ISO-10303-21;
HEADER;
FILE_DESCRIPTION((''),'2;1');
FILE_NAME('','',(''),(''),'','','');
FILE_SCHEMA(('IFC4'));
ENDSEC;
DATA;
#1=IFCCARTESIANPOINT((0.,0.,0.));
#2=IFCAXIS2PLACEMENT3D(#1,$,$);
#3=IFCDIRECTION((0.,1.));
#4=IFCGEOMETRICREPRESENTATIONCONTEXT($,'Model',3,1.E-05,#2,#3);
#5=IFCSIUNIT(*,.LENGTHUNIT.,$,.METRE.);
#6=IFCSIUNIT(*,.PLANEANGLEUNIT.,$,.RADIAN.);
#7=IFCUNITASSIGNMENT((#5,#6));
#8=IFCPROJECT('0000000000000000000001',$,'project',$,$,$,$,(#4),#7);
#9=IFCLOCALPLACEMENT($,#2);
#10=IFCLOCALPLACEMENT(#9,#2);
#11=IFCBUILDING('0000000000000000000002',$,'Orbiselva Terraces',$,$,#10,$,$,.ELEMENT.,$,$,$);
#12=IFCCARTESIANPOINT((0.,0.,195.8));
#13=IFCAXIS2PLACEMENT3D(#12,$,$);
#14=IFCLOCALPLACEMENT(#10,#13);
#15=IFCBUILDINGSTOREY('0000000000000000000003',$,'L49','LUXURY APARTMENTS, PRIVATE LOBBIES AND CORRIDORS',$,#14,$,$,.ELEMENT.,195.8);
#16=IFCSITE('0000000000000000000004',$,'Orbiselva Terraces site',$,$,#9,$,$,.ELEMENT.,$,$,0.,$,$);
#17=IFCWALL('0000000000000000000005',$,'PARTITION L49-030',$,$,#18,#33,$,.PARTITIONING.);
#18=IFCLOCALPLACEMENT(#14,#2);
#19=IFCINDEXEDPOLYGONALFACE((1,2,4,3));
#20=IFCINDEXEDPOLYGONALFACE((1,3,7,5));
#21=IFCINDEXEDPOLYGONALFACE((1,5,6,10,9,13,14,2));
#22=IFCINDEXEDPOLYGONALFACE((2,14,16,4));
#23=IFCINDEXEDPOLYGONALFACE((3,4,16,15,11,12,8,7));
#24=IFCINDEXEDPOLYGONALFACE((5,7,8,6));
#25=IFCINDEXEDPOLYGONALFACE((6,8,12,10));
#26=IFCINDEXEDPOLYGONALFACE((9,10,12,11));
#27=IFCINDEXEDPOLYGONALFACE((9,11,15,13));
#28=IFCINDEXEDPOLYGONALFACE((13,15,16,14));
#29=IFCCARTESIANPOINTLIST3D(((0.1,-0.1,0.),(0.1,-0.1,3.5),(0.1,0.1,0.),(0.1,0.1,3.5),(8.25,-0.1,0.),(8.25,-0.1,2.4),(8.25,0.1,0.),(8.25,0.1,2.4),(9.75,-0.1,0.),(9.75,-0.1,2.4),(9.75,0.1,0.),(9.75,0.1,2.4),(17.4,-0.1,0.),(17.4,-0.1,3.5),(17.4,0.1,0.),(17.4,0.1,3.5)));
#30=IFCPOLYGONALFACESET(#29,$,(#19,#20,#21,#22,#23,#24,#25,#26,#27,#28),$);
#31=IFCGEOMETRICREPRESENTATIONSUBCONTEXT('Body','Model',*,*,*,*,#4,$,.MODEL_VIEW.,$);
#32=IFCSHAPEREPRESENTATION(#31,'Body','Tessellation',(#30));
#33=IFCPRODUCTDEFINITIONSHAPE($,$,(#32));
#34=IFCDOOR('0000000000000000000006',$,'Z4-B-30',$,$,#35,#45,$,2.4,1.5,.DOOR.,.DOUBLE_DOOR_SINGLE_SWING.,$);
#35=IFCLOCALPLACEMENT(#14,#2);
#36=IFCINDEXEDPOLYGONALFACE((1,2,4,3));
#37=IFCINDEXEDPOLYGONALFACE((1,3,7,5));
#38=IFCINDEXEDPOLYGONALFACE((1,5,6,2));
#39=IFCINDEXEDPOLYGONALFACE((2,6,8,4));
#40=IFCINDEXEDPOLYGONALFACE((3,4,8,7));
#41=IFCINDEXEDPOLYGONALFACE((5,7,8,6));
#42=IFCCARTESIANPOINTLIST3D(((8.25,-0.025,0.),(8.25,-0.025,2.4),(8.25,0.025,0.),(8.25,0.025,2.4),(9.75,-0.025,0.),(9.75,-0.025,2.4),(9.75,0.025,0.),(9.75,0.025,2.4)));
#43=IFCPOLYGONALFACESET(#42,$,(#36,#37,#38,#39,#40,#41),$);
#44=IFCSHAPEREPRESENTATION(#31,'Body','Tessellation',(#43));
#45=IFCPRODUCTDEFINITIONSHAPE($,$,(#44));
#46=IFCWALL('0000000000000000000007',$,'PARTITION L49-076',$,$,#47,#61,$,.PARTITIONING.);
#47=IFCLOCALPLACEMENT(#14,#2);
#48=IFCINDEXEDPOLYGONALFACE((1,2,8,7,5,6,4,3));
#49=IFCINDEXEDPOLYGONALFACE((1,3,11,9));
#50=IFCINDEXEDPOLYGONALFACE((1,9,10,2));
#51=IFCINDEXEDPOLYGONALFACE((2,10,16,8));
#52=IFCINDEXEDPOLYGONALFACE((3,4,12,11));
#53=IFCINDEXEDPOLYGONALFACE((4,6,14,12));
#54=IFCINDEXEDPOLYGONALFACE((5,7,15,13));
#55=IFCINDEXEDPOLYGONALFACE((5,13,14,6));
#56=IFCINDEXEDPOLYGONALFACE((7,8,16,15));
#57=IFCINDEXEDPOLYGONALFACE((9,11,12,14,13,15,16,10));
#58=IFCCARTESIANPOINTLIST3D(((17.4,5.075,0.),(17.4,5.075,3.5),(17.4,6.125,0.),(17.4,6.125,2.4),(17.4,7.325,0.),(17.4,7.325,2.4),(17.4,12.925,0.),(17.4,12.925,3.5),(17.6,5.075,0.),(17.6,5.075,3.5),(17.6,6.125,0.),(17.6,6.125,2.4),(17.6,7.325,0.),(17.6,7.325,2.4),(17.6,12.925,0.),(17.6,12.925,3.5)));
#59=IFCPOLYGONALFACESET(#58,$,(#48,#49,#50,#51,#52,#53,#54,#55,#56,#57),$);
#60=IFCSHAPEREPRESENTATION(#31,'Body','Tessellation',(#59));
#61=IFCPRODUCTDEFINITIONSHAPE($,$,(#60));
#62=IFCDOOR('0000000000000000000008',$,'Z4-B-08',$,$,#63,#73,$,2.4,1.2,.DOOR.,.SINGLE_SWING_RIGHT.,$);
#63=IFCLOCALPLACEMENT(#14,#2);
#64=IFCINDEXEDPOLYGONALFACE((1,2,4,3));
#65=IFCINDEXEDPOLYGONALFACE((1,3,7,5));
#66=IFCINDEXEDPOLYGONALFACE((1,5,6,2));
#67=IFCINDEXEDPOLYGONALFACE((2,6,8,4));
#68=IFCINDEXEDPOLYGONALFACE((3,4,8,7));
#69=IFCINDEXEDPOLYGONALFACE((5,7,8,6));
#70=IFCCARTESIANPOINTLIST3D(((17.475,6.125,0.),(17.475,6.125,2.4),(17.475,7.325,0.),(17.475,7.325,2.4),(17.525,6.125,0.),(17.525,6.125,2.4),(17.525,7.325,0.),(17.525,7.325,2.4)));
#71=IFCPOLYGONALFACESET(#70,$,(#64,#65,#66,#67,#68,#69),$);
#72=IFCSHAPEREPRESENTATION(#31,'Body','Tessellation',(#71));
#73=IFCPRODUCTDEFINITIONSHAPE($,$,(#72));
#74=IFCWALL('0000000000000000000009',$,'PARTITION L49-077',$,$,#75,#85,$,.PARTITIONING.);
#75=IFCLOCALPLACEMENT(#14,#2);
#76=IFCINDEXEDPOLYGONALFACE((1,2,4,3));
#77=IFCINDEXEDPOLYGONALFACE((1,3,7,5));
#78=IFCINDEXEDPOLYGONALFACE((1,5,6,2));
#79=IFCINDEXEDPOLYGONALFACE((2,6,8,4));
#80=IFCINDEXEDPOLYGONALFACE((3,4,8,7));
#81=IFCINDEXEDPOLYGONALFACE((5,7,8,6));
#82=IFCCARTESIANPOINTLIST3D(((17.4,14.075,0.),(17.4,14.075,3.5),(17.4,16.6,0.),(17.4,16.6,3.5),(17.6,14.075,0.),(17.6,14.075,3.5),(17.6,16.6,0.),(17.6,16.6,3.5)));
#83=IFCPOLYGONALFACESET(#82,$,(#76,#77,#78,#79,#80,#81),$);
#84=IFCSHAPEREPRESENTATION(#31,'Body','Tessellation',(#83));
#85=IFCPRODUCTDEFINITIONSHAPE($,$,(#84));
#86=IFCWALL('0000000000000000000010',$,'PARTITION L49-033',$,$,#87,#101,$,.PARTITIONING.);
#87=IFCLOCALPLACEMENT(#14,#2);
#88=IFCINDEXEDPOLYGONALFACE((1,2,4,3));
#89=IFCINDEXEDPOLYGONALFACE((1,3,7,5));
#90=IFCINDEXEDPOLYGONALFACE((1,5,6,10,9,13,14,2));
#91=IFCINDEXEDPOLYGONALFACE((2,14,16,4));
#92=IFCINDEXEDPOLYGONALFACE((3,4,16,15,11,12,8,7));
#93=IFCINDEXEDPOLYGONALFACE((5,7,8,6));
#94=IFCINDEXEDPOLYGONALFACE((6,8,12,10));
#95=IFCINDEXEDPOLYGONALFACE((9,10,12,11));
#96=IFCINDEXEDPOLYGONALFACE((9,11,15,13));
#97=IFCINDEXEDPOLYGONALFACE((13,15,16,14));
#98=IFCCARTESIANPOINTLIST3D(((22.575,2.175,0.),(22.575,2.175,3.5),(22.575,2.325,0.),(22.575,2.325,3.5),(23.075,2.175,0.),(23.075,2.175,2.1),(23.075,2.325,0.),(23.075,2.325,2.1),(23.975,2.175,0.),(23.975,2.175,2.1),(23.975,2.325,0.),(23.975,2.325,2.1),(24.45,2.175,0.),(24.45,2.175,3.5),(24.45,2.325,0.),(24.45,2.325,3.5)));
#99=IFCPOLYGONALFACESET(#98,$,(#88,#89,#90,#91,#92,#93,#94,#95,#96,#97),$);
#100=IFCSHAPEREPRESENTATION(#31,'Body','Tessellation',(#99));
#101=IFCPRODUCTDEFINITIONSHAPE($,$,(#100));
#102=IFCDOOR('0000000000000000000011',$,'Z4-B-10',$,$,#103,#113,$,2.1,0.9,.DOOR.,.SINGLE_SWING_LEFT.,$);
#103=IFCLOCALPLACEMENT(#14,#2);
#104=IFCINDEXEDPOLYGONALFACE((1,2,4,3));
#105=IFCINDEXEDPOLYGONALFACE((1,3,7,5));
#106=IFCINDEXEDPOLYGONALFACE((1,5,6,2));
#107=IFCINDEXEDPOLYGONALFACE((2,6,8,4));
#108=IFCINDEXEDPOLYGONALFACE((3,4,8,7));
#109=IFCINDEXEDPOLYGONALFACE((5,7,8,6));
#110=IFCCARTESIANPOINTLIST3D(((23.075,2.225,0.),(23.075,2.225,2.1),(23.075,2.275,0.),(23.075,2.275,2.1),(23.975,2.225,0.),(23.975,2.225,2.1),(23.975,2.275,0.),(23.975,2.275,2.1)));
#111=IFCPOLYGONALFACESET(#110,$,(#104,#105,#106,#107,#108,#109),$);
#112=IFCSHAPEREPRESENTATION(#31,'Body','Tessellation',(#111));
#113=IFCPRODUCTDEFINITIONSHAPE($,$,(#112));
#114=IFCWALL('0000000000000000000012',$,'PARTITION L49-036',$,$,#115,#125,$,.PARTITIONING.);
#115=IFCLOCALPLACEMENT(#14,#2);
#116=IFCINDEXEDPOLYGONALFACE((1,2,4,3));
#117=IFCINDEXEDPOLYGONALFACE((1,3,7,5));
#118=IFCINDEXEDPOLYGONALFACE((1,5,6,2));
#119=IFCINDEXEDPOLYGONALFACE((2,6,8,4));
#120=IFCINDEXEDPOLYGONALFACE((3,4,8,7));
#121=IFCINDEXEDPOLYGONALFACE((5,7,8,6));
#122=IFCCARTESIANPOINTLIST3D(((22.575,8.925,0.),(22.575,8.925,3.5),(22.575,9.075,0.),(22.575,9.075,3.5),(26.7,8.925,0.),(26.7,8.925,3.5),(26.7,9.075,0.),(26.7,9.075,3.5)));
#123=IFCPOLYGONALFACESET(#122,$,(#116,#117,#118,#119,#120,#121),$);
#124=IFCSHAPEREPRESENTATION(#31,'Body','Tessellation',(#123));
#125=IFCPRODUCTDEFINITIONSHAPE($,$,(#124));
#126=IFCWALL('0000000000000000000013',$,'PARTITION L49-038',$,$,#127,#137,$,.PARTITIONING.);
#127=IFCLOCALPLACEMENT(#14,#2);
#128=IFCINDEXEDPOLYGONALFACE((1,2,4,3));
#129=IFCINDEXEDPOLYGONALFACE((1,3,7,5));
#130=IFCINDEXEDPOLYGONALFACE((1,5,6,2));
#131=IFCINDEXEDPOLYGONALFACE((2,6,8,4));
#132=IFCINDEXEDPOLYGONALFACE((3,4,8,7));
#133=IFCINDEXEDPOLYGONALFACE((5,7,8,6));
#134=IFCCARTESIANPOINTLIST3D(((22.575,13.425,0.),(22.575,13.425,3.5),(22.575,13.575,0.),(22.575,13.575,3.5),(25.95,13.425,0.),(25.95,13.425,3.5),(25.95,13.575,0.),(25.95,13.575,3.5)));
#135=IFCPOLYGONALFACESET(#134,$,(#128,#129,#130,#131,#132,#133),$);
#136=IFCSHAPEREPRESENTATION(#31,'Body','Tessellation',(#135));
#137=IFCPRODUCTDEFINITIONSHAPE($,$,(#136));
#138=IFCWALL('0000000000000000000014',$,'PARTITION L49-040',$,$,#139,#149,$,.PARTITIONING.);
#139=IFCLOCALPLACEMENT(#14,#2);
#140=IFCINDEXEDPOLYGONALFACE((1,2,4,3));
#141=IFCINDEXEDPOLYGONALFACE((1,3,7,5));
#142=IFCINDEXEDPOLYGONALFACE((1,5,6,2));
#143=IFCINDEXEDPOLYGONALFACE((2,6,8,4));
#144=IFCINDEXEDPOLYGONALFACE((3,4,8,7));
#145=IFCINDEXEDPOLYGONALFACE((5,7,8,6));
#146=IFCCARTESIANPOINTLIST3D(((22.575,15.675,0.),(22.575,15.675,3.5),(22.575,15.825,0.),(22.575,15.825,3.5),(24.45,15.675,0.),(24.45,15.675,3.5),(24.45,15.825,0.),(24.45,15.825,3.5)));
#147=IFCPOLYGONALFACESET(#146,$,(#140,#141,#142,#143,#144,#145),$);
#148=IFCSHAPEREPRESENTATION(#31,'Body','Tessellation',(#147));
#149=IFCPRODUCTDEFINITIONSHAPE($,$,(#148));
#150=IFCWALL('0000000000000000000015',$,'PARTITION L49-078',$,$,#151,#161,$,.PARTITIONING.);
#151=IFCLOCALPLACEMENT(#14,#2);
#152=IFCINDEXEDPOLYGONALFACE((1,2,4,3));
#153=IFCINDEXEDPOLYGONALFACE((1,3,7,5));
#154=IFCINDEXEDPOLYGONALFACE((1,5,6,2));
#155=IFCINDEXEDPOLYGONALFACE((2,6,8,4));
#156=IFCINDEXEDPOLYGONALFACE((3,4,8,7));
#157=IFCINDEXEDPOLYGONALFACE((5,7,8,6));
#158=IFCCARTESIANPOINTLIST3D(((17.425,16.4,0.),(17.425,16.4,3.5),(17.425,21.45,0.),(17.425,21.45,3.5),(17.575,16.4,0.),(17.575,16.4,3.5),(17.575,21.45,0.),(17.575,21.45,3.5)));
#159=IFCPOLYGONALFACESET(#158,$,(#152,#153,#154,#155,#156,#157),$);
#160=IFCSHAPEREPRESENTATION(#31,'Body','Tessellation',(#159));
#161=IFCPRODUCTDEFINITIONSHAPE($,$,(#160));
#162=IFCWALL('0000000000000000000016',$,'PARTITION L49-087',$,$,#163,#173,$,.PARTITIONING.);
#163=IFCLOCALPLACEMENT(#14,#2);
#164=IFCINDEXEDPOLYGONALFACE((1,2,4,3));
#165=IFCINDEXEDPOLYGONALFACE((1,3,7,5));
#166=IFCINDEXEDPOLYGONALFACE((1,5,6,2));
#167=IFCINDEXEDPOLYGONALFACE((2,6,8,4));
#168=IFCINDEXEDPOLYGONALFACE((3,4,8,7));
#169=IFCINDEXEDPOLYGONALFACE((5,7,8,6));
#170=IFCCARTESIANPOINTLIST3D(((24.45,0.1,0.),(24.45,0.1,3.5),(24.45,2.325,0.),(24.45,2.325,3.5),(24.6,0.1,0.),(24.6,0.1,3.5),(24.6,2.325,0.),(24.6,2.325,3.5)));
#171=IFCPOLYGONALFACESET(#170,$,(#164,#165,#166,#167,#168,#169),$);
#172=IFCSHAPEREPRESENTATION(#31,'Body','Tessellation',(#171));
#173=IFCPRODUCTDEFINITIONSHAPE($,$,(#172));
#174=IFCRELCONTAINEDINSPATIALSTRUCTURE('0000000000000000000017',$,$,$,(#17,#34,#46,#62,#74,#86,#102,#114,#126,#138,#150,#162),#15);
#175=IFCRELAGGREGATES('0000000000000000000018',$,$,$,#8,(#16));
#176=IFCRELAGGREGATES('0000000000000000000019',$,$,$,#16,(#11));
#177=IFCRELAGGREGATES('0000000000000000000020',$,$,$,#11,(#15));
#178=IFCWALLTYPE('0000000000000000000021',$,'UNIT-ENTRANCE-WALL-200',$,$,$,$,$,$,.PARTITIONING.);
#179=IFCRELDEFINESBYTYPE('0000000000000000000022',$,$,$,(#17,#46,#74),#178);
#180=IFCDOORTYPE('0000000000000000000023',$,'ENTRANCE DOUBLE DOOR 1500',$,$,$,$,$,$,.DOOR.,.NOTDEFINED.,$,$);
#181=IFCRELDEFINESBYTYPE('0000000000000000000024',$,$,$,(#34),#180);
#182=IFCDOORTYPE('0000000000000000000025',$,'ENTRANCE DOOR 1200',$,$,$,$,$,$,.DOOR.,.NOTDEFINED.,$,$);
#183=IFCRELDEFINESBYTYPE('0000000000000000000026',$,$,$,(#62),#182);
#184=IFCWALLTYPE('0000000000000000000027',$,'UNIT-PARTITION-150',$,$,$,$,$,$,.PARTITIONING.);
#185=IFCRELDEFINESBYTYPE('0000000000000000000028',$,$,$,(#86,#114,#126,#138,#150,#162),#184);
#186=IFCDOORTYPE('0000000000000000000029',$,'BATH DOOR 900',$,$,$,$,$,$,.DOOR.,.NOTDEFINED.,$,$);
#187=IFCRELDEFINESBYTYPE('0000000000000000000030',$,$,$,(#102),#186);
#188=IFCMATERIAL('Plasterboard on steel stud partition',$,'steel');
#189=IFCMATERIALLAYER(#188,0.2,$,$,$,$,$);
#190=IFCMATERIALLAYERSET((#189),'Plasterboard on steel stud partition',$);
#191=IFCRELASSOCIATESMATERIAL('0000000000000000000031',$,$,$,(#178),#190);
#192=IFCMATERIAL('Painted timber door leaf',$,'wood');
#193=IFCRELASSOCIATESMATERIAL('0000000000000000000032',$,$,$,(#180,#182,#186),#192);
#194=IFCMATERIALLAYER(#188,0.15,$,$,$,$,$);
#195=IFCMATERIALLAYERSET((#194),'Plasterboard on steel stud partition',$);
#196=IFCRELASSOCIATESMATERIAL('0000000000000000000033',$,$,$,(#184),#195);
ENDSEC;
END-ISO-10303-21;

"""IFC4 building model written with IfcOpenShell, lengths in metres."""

from ifc_helpers import new_model, si_unit, direction, frame, frame_2d, origin, place, context, subcontext, project, spatial, rectangle, extrude, material, layer, layer_set, type_object, element, fill, save


model = new_model("IFC4")

# Units and contexts
model_context = context("Model", 3, precision=1e-05, world=origin(), true_north=direction((0.0, 1.0)))
body_context = subcontext(model_context, "Body", "Model", "MODEL_VIEW")
ifc_project = project(units=[si_unit("LENGTHUNIT", "METRE"), si_unit("PLANEANGLEUNIT", "RADIAN")], contexts=[model_context])

# Site, building, storey
site_placement = place(None, origin())
site = spatial("IfcSite", under=ifc_project, at=site_placement, Name="Orbiselva Terraces site", CompositionType="ELEMENT", RefElevation=0.0)
building_placement = place(site_placement, origin())
building = spatial("IfcBuilding", under=site, at=building_placement, Name="Orbiselva Terraces", CompositionType="ELEMENT")
storey_placement = place(building_placement, frame((0.0, 0.0, 195.8)))
storey = spatial("IfcBuildingStorey", under=building, at=storey_placement, Name="L49", Description="LUXURY APARTMENTS, PRIVATE LOBBIES AND CORRIDORS", CompositionType="ELEMENT", Elevation=195.8)

# Walls, openings, doors
ifc_material_1 = material(Name="Plasterboard on steel stud partition", Category="steel")
ifc_layer_1 = layer(ifc_material_1, 0.2)
ifc_layer_set_1 = layer_set([ifc_layer_1], Name="Plasterboard on steel stud partition")
wall_type_1 = type_object("IfcWallType", Name="UNIT-ENTRANCE-WALL-200", PredefinedType="PARTITIONING", material=ifc_layer_set_1)
wall_1_placement = place(storey_placement, frame((17.4, 0.0, 0.0), z_axis=(0.0, 0.0, 1.0), x_axis=(-1.0, 0.0, 0.0)))
wall_1 = element("IfcWall", 1, at=wall_1_placement, inside=storey, type_object=wall_type_1, Name="PARTITION L49-030", PredefinedType="PARTITIONING", context=body_context, shape_type="SweptSolid", body=[
    extrude(rectangle(XDim=17.3, YDim=0.2, at=frame_2d((8.65, 0.0))), origin(), (0.0, 0.0, 1.0), 3.5),
])
opening_1_placement = place(wall_1_placement, frame((7.65, 0.0, 0.0)))
opening_1 = element("IfcOpeningElement", 2, at=opening_1_placement, cuts=wall_1, PredefinedType="OPENING", context=body_context, shape_type="SweptSolid", body=[
    extrude(rectangle(XDim=1.5, YDim=2.4, at=frame_2d((0.75, 1.2))), frame((0.0, 0.11, 0.0), z_axis=(0.0, -1.0, 0.0), x_axis=(1.0, 0.0, 0.0)), (0.0, 0.0, 1.0), 0.22),
])
ifc_material_2 = material(Name="Painted timber door leaf", Category="wood")
door_type_1 = type_object("IfcDoorType", Name="ENTRANCE DOUBLE DOOR 1500", OperationType="NOTDEFINED", PredefinedType="DOOR", material=ifc_material_2)
door_1_placement = place(opening_1_placement, origin())
door_1 = element("IfcDoor", 3, at=door_1_placement, inside=storey, type_object=door_type_1, Name="Z4-B-30", OperationType="DOUBLE_DOOR_SINGLE_SWING", OverallHeight=2.4, OverallWidth=1.5, PredefinedType="DOOR", context=body_context, shape_type="SweptSolid", body=[
    extrude(rectangle(XDim=1.5, YDim=2.4, at=frame_2d((0.75, 1.2))), frame((0.0, 0.025, 0.0), z_axis=(0.0, -1.0, 0.0), x_axis=(1.0, 0.0, 0.0)), (0.0, 0.0, 1.0), 0.05),
])
fill(opening_1, door_1)
wall_2_placement = place(storey_placement, frame((17.5, 12.925, 0.0), z_axis=(0.0, 0.0, 1.0), x_axis=(0.0, -1.0, 0.0)))
wall_2 = element("IfcWall", 4, at=wall_2_placement, inside=storey, type_object=wall_type_1, Name="PARTITION L49-076", PredefinedType="PARTITIONING", context=body_context, shape_type="SweptSolid", body=[
    extrude(rectangle(XDim=7.85, YDim=0.2, at=frame_2d((3.925, 0.0))), origin(), (0.0, 0.0, 1.0), 3.5),
])
opening_2_placement = place(wall_2_placement, frame((5.6, 0.0, 0.0)))
opening_2 = element("IfcOpeningElement", 5, at=opening_2_placement, cuts=wall_2, PredefinedType="OPENING", context=body_context, shape_type="SweptSolid", body=[
    extrude(rectangle(XDim=1.2, YDim=2.4, at=frame_2d((0.6, 1.2))), frame((0.0, 0.11, 0.0), z_axis=(0.0, -1.0, 0.0), x_axis=(1.0, 0.0, 0.0)), (0.0, 0.0, 1.0), 0.22),
])
door_type_2 = type_object("IfcDoorType", Name="ENTRANCE DOOR 1200", OperationType="NOTDEFINED", PredefinedType="DOOR", material=ifc_material_2)
door_2_placement = place(opening_2_placement, origin())
door_2 = element("IfcDoor", 6, at=door_2_placement, inside=storey, type_object=door_type_2, Name="Z4-B-08", OperationType="SINGLE_SWING_RIGHT", OverallHeight=2.4, OverallWidth=1.2, PredefinedType="DOOR", context=body_context, shape_type="SweptSolid", body=[
    extrude(rectangle(XDim=1.2, YDim=2.4, at=frame_2d((0.6, 1.2))), frame((0.0, 0.025, 0.0), z_axis=(0.0, -1.0, 0.0), x_axis=(1.0, 0.0, 0.0)), (0.0, 0.0, 1.0), 0.05),
])
fill(opening_2, door_2)

# Wall
wall_3_placement = place(storey_placement, frame((17.5, 14.075, 0.0), z_axis=(0.0, 0.0, 1.0), x_axis=(0.0, 1.0, 0.0)))
element("IfcWall", 7, at=wall_3_placement, inside=storey, type_object=wall_type_1, Name="PARTITION L49-077", PredefinedType="PARTITIONING", context=body_context, shape_type="SweptSolid", body=[
    extrude(rectangle(XDim=2.525, YDim=0.2, at=frame_2d((1.2625, 0.0))), origin(), (0.0, 0.0, 1.0), 3.5),
])

# Wall, opening, door
ifc_layer_2 = layer(ifc_material_1, 0.15)
ifc_layer_set_2 = layer_set([ifc_layer_2], Name="Plasterboard on steel stud partition")
wall_type_2 = type_object("IfcWallType", Name="UNIT-PARTITION-150", PredefinedType="PARTITIONING", material=ifc_layer_set_2)
wall_4_placement = place(storey_placement, frame((24.45, 2.25, 0.0), z_axis=(0.0, 0.0, 1.0), x_axis=(-1.0, 0.0, 0.0)))
wall_4 = element("IfcWall", 8, at=wall_4_placement, inside=storey, type_object=wall_type_2, Name="PARTITION L49-033", PredefinedType="PARTITIONING", context=body_context, shape_type="SweptSolid", body=[
    extrude(rectangle(XDim=1.875, YDim=0.15, at=frame_2d((0.9375, 0.0))), origin(), (0.0, 0.0, 1.0), 3.5),
])
opening_3_placement = place(wall_4_placement, frame((0.475, 0.0, 0.0)))
opening_3 = element("IfcOpeningElement", 9, at=opening_3_placement, cuts=wall_4, PredefinedType="OPENING", context=body_context, shape_type="SweptSolid", body=[
    extrude(rectangle(XDim=0.9, YDim=2.1, at=frame_2d((0.45, 1.05))), frame((0.0, 0.085, 0.0), z_axis=(0.0, -1.0, 0.0), x_axis=(1.0, 0.0, 0.0)), (0.0, 0.0, 1.0), 0.17),
])
door_type_3 = type_object("IfcDoorType", Name="BATH DOOR 900", OperationType="NOTDEFINED", PredefinedType="DOOR", material=ifc_material_2)
door_3_placement = place(opening_3_placement, origin())
door_3 = element("IfcDoor", 10, at=door_3_placement, inside=storey, type_object=door_type_3, Name="Z4-B-10", OperationType="SINGLE_SWING_LEFT", OverallHeight=2.1, OverallWidth=0.9, PredefinedType="DOOR", context=body_context, shape_type="SweptSolid", body=[
    extrude(rectangle(XDim=0.9, YDim=2.1, at=frame_2d((0.45, 1.05))), frame((0.0, 0.025, 0.0), z_axis=(0.0, -1.0, 0.0), x_axis=(1.0, 0.0, 0.0)), (0.0, 0.0, 1.0), 0.05),
])
fill(opening_3, door_3)

# Walls
wall_5_placement = place(storey_placement, frame((22.575, 9.0, 0.0), z_axis=(0.0, 0.0, 1.0), x_axis=(1.0, 0.0, 0.0)))
element("IfcWall", 11, at=wall_5_placement, inside=storey, type_object=wall_type_2, Name="PARTITION L49-036", PredefinedType="PARTITIONING", context=body_context, shape_type="SweptSolid", body=[
    extrude(rectangle(XDim=4.125, YDim=0.15, at=frame_2d((2.0625, 0.0))), origin(), (0.0, 0.0, 1.0), 3.5),
])
wall_6_placement = place(storey_placement, frame((22.575, 13.5, 0.0), z_axis=(0.0, 0.0, 1.0), x_axis=(1.0, 0.0, 0.0)))
element("IfcWall", 12, at=wall_6_placement, inside=storey, type_object=wall_type_2, Name="PARTITION L49-038", PredefinedType="PARTITIONING", context=body_context, shape_type="SweptSolid", body=[
    extrude(rectangle(XDim=3.375, YDim=0.15, at=frame_2d((1.6875, 0.0))), origin(), (0.0, 0.0, 1.0), 3.5),
])
wall_7_placement = place(storey_placement, frame((22.575, 15.75, 0.0), z_axis=(0.0, 0.0, 1.0), x_axis=(1.0, 0.0, 0.0)))
element("IfcWall", 13, at=wall_7_placement, inside=storey, type_object=wall_type_2, Name="PARTITION L49-040", PredefinedType="PARTITIONING", context=body_context, shape_type="SweptSolid", body=[
    extrude(rectangle(XDim=1.875, YDim=0.15, at=frame_2d((0.9375, 0.0))), origin(), (0.0, 0.0, 1.0), 3.5),
])
wall_8_placement = place(storey_placement, frame((17.5, 16.4, 0.0), z_axis=(0.0, 0.0, 1.0), x_axis=(0.0, 1.0, 0.0)))
element("IfcWall", 14, at=wall_8_placement, inside=storey, type_object=wall_type_2, Name="PARTITION L49-078", PredefinedType="PARTITIONING", context=body_context, shape_type="SweptSolid", body=[
    extrude(rectangle(XDim=5.05, YDim=0.15, at=frame_2d((2.525, 0.0))), origin(), (0.0, 0.0, 1.0), 3.5),
])
wall_9_placement = place(storey_placement, frame((24.525, 0.1, 0.0), z_axis=(0.0, 0.0, 1.0), x_axis=(0.0, 1.0, 0.0)))
element("IfcWall", 15, at=wall_9_placement, inside=storey, type_object=wall_type_2, Name="PARTITION L49-087", PredefinedType="PARTITIONING", context=body_context, shape_type="SweptSolid", body=[
    extrude(rectangle(XDim=2.225, YDim=0.15, at=frame_2d((1.1125, 0.0))), origin(), (0.0, 0.0, 1.0), 3.5),
])

save(model, "model.ifc")
